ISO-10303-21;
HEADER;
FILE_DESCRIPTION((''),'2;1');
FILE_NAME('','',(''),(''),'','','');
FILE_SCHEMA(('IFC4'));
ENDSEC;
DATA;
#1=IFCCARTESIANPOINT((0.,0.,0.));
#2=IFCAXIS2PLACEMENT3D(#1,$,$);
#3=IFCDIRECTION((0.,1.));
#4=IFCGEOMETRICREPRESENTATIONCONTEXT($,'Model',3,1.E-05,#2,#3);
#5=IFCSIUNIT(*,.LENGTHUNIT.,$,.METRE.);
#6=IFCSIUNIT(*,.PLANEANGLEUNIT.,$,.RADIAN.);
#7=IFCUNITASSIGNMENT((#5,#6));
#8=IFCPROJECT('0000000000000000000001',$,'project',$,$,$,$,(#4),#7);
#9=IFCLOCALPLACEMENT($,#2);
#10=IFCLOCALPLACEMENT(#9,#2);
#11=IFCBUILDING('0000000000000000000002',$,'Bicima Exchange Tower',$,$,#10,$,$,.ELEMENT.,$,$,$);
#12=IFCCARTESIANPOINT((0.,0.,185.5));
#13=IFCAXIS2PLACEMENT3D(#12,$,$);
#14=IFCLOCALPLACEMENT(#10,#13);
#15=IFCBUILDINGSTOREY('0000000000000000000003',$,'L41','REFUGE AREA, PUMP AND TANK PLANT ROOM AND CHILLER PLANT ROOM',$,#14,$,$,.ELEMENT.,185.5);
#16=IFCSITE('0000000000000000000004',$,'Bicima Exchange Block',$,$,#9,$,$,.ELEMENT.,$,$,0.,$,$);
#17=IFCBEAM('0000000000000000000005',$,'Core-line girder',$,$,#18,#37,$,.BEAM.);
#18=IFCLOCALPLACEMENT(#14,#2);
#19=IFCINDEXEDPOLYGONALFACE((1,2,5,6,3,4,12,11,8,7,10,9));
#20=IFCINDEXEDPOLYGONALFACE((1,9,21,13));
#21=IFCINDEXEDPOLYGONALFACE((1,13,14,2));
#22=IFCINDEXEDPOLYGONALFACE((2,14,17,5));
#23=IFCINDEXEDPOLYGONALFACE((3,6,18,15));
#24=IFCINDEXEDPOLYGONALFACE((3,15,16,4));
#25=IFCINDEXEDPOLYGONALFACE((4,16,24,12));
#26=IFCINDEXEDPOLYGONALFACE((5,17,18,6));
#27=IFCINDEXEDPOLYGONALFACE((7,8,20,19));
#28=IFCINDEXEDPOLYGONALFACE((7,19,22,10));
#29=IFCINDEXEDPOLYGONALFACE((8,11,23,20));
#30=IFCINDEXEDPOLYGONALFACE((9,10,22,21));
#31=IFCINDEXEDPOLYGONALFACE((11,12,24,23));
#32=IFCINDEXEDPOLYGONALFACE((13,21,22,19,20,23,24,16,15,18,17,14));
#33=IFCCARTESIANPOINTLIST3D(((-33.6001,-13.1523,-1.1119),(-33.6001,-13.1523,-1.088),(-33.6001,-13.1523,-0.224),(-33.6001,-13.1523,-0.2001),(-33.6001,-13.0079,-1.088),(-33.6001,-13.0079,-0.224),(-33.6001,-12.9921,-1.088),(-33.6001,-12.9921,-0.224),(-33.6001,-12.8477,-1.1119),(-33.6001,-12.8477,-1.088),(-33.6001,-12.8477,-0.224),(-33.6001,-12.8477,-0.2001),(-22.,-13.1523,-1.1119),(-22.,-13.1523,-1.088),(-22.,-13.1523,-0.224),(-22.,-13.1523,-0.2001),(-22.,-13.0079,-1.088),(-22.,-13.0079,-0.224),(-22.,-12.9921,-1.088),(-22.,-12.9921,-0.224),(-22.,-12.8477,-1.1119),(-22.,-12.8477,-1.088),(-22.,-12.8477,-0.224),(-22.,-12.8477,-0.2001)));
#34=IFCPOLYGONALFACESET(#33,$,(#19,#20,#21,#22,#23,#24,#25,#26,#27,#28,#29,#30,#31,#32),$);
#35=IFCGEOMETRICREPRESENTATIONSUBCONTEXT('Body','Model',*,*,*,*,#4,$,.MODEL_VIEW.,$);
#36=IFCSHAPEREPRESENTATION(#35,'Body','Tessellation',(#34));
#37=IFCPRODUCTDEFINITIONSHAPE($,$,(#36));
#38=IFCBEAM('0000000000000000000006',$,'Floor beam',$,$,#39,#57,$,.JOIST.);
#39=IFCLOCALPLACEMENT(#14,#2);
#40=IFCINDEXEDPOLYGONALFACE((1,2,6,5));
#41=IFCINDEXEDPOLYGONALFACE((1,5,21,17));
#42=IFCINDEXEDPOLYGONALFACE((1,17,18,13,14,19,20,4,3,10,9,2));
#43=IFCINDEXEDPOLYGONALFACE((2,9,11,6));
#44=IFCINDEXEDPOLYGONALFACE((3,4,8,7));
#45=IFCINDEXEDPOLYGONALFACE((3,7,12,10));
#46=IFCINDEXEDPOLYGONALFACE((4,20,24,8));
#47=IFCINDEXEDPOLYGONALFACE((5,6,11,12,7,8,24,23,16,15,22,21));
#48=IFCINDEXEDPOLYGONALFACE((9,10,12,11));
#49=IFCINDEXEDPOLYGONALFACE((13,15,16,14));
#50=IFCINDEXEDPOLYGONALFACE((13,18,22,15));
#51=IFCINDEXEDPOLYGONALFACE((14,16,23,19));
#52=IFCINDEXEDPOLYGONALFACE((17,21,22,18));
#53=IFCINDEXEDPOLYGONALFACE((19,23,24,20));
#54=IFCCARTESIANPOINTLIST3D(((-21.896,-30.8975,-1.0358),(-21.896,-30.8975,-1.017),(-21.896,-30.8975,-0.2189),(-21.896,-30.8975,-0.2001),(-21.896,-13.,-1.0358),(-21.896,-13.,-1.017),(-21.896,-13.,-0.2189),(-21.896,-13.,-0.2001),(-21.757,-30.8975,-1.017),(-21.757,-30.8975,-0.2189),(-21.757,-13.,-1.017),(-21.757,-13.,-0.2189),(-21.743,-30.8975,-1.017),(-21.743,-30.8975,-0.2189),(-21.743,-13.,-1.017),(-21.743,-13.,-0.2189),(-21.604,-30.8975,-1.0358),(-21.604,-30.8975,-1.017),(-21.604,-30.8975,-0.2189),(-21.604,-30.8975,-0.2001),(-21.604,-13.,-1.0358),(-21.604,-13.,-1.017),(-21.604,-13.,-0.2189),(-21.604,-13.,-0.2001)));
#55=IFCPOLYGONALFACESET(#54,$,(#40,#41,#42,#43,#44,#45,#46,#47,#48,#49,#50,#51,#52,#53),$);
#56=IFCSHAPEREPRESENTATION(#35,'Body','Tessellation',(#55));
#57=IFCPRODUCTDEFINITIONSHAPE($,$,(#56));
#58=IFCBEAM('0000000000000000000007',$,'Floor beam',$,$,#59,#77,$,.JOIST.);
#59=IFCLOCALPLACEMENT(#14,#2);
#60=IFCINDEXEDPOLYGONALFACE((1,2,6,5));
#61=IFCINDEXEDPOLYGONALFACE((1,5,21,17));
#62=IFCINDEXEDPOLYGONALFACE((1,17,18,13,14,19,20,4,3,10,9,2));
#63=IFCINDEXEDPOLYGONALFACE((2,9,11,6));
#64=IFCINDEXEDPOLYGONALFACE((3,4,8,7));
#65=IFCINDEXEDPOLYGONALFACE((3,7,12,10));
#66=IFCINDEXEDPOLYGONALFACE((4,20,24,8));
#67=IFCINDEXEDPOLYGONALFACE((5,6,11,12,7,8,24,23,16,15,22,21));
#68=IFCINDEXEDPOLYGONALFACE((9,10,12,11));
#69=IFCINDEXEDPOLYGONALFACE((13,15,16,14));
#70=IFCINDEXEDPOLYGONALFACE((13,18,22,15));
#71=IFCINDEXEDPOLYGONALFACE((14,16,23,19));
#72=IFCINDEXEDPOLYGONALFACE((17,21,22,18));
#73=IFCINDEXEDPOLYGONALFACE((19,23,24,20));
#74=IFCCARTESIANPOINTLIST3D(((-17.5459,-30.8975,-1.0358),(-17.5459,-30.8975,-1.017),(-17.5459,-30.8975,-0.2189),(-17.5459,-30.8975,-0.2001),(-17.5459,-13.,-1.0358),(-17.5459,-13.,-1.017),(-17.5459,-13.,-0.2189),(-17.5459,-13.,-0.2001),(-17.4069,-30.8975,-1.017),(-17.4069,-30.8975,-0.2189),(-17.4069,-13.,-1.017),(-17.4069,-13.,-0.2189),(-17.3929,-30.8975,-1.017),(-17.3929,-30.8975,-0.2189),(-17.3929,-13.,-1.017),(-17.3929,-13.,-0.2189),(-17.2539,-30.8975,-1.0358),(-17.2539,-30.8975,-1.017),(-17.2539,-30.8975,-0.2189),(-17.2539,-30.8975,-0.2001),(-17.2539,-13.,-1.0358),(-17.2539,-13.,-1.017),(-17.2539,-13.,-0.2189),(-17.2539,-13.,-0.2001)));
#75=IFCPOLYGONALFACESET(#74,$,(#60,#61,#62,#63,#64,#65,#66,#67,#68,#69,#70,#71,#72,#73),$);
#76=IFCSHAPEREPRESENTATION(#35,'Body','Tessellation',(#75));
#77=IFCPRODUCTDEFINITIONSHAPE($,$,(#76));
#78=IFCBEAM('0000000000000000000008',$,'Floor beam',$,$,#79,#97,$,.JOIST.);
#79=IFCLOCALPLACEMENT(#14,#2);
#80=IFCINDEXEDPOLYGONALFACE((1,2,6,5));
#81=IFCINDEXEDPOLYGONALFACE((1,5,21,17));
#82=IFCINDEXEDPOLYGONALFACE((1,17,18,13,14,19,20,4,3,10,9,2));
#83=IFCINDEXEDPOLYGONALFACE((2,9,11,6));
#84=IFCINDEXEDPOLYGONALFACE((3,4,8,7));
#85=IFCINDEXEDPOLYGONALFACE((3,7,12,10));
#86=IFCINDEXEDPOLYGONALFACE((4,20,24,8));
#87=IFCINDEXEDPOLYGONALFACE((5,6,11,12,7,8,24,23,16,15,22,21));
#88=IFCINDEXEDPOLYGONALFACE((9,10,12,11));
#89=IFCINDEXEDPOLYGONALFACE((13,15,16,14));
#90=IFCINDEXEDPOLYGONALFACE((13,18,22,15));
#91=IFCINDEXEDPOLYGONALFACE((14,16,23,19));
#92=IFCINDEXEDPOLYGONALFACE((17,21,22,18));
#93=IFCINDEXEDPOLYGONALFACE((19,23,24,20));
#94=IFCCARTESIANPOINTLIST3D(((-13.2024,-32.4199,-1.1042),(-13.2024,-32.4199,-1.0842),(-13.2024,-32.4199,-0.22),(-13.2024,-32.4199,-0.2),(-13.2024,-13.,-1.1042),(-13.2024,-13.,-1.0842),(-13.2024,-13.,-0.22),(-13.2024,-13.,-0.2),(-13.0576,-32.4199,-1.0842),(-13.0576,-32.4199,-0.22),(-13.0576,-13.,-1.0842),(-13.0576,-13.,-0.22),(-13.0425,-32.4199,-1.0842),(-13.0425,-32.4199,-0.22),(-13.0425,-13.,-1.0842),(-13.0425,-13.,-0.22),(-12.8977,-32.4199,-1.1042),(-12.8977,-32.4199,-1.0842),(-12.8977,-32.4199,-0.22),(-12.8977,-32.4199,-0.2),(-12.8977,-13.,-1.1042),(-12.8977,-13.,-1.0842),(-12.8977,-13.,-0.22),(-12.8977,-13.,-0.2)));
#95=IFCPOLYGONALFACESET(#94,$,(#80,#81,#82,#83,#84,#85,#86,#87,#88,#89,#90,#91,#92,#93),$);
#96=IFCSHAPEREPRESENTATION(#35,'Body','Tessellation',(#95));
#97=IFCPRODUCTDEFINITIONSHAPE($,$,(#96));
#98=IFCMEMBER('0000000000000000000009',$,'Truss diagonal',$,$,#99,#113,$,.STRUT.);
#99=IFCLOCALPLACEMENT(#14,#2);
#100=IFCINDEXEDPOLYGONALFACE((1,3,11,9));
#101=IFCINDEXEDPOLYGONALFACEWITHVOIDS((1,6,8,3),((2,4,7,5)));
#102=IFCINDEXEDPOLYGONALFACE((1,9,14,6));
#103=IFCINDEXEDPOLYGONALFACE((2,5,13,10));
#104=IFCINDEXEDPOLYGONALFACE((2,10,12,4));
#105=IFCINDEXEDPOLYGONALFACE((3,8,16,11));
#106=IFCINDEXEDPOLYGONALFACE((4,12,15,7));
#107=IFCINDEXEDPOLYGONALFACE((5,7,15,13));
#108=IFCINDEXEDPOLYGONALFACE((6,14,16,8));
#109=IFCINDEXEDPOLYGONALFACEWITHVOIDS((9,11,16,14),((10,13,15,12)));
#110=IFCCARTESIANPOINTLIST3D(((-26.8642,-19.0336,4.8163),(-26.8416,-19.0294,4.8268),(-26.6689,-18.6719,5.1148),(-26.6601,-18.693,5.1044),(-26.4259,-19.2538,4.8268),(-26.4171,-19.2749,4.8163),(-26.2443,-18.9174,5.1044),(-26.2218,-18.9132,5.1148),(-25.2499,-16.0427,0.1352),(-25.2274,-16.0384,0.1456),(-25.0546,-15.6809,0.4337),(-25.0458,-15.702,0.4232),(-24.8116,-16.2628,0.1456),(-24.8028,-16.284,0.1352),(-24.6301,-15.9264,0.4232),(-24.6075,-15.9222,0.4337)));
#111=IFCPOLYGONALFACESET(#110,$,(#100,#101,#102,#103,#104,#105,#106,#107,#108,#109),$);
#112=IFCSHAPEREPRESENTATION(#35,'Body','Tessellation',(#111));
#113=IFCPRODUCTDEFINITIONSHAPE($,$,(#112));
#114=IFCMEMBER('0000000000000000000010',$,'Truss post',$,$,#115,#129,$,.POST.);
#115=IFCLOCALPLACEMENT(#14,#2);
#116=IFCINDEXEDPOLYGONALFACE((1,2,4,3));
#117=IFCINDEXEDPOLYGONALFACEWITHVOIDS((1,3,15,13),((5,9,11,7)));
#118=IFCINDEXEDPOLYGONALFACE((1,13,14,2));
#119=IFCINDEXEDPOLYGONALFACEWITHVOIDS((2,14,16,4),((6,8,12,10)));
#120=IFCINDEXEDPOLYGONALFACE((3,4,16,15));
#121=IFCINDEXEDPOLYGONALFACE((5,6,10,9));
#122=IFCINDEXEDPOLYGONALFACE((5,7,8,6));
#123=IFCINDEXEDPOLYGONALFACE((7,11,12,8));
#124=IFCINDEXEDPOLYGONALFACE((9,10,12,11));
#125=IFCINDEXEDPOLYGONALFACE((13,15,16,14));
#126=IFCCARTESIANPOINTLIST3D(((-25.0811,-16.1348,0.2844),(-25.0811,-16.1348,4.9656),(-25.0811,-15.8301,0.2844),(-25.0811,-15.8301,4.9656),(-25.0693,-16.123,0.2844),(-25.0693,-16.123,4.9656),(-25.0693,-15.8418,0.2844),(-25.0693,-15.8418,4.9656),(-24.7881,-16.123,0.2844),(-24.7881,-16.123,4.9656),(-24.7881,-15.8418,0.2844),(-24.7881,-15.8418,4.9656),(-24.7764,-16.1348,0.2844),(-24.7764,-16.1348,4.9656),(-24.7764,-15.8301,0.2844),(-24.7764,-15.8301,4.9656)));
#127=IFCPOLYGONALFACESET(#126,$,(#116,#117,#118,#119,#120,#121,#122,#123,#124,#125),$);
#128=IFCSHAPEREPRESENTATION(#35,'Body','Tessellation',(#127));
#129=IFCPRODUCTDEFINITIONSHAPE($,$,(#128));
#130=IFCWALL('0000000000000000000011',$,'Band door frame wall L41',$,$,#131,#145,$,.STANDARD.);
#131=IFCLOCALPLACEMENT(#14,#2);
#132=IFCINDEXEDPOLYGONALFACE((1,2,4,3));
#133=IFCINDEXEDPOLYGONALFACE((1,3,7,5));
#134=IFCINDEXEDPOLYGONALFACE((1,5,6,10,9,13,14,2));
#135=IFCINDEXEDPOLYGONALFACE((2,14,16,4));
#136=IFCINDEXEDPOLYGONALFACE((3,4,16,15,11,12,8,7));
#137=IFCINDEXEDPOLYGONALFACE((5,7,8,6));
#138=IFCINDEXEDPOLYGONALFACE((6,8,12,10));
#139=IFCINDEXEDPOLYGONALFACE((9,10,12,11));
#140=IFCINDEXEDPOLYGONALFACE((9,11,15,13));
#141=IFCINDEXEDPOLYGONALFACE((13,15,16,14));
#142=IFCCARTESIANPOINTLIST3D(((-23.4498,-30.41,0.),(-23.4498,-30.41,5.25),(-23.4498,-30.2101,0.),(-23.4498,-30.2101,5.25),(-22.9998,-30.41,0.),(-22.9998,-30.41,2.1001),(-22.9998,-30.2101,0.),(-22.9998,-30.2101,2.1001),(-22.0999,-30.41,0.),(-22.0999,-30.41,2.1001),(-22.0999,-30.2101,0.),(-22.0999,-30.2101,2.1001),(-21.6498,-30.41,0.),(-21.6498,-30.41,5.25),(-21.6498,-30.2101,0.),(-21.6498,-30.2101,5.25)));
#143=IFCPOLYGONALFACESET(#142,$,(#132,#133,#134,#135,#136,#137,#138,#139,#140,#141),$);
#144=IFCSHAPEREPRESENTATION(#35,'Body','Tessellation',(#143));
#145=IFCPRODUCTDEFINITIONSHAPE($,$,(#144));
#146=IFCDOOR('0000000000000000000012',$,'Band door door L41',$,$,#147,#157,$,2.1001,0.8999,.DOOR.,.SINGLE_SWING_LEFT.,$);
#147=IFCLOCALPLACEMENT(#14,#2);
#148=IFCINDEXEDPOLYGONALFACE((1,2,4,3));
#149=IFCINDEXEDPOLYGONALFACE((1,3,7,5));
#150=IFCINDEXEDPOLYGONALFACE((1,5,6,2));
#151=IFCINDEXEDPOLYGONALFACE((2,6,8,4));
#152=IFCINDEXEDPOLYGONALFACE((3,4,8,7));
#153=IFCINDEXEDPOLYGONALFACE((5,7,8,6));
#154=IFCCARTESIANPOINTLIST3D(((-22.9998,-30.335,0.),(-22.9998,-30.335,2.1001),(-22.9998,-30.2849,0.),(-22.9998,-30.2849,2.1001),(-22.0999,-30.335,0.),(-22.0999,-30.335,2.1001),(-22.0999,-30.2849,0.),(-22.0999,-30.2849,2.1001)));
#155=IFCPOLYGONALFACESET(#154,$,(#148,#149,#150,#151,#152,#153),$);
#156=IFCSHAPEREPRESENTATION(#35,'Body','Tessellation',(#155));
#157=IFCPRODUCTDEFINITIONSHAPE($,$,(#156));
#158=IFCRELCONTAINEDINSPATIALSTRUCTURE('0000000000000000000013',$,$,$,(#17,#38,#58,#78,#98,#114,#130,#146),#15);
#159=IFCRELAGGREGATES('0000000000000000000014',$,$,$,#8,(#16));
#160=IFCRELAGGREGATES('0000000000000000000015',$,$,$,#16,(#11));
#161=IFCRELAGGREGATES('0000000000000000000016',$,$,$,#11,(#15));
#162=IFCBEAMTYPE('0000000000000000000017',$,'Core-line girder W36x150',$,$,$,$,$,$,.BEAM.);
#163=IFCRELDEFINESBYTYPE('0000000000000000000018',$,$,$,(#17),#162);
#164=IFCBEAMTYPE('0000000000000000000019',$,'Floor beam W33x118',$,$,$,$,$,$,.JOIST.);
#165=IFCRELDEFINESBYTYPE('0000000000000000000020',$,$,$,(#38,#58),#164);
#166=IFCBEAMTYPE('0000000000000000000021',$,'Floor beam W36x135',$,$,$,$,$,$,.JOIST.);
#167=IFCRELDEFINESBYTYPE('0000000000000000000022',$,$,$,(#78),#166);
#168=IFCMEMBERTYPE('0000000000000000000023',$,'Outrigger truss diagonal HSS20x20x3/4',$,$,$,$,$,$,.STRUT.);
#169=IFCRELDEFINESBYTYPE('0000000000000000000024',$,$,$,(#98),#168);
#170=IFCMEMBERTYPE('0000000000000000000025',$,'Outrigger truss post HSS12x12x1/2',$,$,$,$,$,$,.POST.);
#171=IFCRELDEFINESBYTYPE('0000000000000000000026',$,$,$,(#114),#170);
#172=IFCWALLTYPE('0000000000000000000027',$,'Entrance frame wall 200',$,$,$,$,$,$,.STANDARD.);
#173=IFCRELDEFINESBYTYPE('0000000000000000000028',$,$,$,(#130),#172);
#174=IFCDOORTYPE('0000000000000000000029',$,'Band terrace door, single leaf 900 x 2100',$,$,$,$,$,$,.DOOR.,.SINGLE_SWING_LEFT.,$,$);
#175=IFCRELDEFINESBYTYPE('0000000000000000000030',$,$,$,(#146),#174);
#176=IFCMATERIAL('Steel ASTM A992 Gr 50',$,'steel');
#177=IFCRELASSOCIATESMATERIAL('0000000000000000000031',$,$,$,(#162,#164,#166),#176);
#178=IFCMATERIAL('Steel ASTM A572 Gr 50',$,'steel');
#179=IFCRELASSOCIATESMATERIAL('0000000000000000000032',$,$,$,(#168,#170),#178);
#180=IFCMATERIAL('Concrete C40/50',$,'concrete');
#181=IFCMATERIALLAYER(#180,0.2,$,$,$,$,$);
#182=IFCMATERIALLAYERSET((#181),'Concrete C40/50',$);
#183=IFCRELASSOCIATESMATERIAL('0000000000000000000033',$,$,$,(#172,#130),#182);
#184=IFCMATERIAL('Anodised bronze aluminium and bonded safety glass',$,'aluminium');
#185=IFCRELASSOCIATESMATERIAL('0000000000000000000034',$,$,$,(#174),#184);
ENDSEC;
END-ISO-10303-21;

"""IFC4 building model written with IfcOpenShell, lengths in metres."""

from ifc_helpers import new_model, si_unit, direction, frame, frame_2d, origin, origin_2d, place, context, subcontext, project, spatial, rectangle, hollow_rectangle, i_section, extrude, material, layer, layer_set, layer_usage, material_profile, profile_set, type_object, element, fill, save


model = new_model("IFC4")

# Units and contexts
model_context = context("Model", 3, precision=1e-05, world=origin(), true_north=direction((0.0, 1.0)))
body_context = subcontext(model_context, "Body", "Model", "MODEL_VIEW")
ifc_project = project(units=[si_unit("LENGTHUNIT", "METRE"), si_unit("PLANEANGLEUNIT", "RADIAN")], contexts=[model_context])

# Site, building, storey
site_placement = place(None, origin())
site = spatial("IfcSite", under=ifc_project, at=site_placement, Name="Bicima Exchange Block", CompositionType="ELEMENT", RefElevation=0.0)
building_placement = place(site_placement, origin())
building = spatial("IfcBuilding", under=site, at=building_placement, Name="Bicima Exchange Tower", CompositionType="ELEMENT")
storey_placement = place(building_placement, frame((0.0, 0.0, 185.5)))
storey = spatial("IfcBuildingStorey", under=building, at=storey_placement, Name="L41", Description="REFUGE AREA, PUMP AND TANK PLANT ROOM AND CHILLER PLANT ROOM", CompositionType="ELEMENT", Elevation=185.5)

# Beams
ifc_material_1 = material(Name="Steel ASTM A992 Gr 50", Category="steel")
ifc_material_profile_1 = material_profile(ifc_material_1, i_section(OverallWidth=0.3047, OverallDepth=0.9119, WebThickness=0.0159, FlangeThickness=0.0239, at=origin_2d()))
ifc_profile_set_1 = profile_set([ifc_material_profile_1], Name="Steel ASTM A992 Gr 50")
beam_type_1 = type_object("IfcBeamType", Name="Core-line girder W36x150", PredefinedType="BEAM", material=ifc_profile_set_1)
beam_1_placement = place(storey_placement, frame((-22.0, -13.0, -0.656), z_axis=(-1.0, 0.0, 0.0), x_axis=(0.0, -1.0, 0.0)))
element("IfcBeam", 1, at=beam_1_placement, inside=storey, type_object=beam_type_1, Name="Core-line girder", PredefinedType="BEAM", context=body_context, shape_type="SweptSolid", body=[
    extrude(i_section(OverallWidth=0.3047, OverallDepth=0.9119, WebThickness=0.0159, FlangeThickness=0.0239, at=origin_2d()), origin(), (0.0, 0.0, 1.0), 11.6001),
])
ifc_material_profile_2 = material_profile(ifc_material_1, i_section(OverallWidth=0.292, OverallDepth=0.8357, WebThickness=0.0139, FlangeThickness=0.0188, at=origin_2d()))
ifc_profile_set_2 = profile_set([ifc_material_profile_2], Name="Steel ASTM A992 Gr 50")
beam_type_2 = type_object("IfcBeamType", Name="Floor beam W33x118", PredefinedType="JOIST", material=ifc_profile_set_2)
for number, where, z_axis, x_axis, name in (
    (2, (-21.75, -13.0, -0.6179), (0.0, -1.0, 0.0), (1.0, 0.0, 0.0), "Floor beam"),
    (3, (-17.3999, -13.0, -0.6179), (0.0, -1.0, 0.0), (1.0, 0.0, 0.0), "Floor beam"),
):
    element("IfcBeam", number, at=place(storey_placement, frame(where, z_axis=z_axis, x_axis=x_axis)), inside=storey, type_object=beam_type_2, Name=name, PredefinedType="JOIST", context=body_context, shape_type="SweptSolid", body=[
        extrude(i_section(OverallWidth=0.292, OverallDepth=0.8357, WebThickness=0.0139, FlangeThickness=0.0188, at=origin_2d()), origin(), (0.0, 0.0, 1.0), 17.8975),
    ])
ifc_material_profile_3 = material_profile(ifc_material_1, i_section(OverallWidth=0.3047, OverallDepth=0.9043, WebThickness=0.0151, FlangeThickness=0.02, at=origin_2d()))
ifc_profile_set_3 = profile_set([ifc_material_profile_3], Name="Steel ASTM A992 Gr 50")
beam_type_3 = type_object("IfcBeamType", Name="Floor beam W36x135", PredefinedType="JOIST", material=ifc_profile_set_3)
beam_2_placement = place(storey_placement, frame((-13.05, -13.0, -0.6521), z_axis=(0.0, -1.0, 0.0), x_axis=(1.0, 0.0, 0.0)))
element("IfcBeam", 4, at=beam_2_placement, inside=storey, type_object=beam_type_3, Name="Floor beam", PredefinedType="JOIST", context=body_context, shape_type="SweptSolid", body=[
    extrude(i_section(OverallWidth=0.3047, OverallDepth=0.9043, WebThickness=0.0151, FlangeThickness=0.02, at=origin_2d()), origin(), (0.0, 0.0, 1.0), 19.4199),
])

# Members
ifc_material_2 = material(Name="Steel ASTM A572 Gr 50", Category="steel")
ifc_material_profile_4 = material_profile(ifc_material_2, hollow_rectangle(XDim=0.5081, YDim=0.5081, WallThickness=0.0178, at=origin_2d()))
ifc_profile_set_4 = profile_set([ifc_material_profile_4], Name="Steel ASTM A572 Gr 50")
member_type_1 = type_object("IfcMemberType", Name="Outrigger truss diagonal HSS20x20x3/4", PredefinedType="STRUT", material=ifc_profile_set_4)
member_1_placement = place(storey_placement, frame((-24.9287, -15.9824, 0.2844), z_axis=(-0.279048, -0.517031, 0.809204), x_axis=(0.880012, -0.474952, 0.0)))
element("IfcMember", 5, at=member_1_placement, inside=storey, type_object=member_type_1, Name="Truss diagonal", PredefinedType="STRUT", context=body_context, shape_type="SweptSolid", body=[
    extrude(hollow_rectangle(XDim=0.5081, YDim=0.5081, WallThickness=0.0178, at=origin_2d()), origin(), (0.0, 0.0, 1.0), 5.7849),
])
ifc_material_profile_5 = material_profile(ifc_material_2, hollow_rectangle(XDim=0.3047, YDim=0.3047, WallThickness=0.0117, at=origin_2d()))
ifc_profile_set_5 = profile_set([ifc_material_profile_5], Name="Steel ASTM A572 Gr 50")
member_type_2 = type_object("IfcMemberType", Name="Outrigger truss post HSS12x12x1/2", PredefinedType="POST", material=ifc_profile_set_5)
member_2_placement = place(storey_placement, frame((-24.9287, -15.9824, 0.2844), z_axis=(0.0, 0.0, 1.0), x_axis=(1.0, 0.0, 0.0)))
element("IfcMember", 6, at=member_2_placement, inside=storey, type_object=member_type_2, Name="Truss post", PredefinedType="POST", context=body_context, shape_type="SweptSolid", body=[
    extrude(hollow_rectangle(XDim=0.3047, YDim=0.3047, WallThickness=0.0117, at=origin_2d()), origin(), (0.0, 0.0, 1.0), 4.6812),
])

# Wall, opening, door
ifc_material_3 = material(Name="Concrete C40/50", Category="concrete")
ifc_layer_1 = layer(ifc_material_3, 0.2)
ifc_layer_set_1 = layer_set([ifc_layer_1], Name="Concrete C40/50")
ifc_layer_usage_1 = layer_usage(ifc_layer_set_1, "AXIS2", "POSITIVE", -0.1)
wall_type_1 = type_object("IfcWallType", Name="Entrance frame wall 200", PredefinedType="STANDARD", material=ifc_layer_set_1)
wall_1_placement = place(storey_placement, frame((-21.6499, -30.3101, 0.0), z_axis=(0.0, 0.0, 1.0), x_axis=(-1.0, 0.0, 0.0)))
wall_1 = element("IfcWall", 7, at=wall_1_placement, inside=storey, type_object=wall_type_1, material=ifc_layer_usage_1, Name="Band door frame wall L41", PredefinedType="STANDARD", context=body_context, shape_type="SweptSolid", body=[
    extrude(rectangle(XDim=1.8, YDim=0.2, at=frame_2d((0.8999, 0.0))), origin(), (0.0, 0.0, 1.0), 5.25),
])
opening_1_placement = place(wall_1_placement, frame((0.45, 0.0, 0.0)))
opening_1 = element("IfcOpeningElement", 8, at=opening_1_placement, cuts=wall_1, PredefinedType="OPENING", context=body_context, shape_type="SweptSolid", body=[
    extrude(rectangle(XDim=0.8999, YDim=2.1001, at=frame_2d((0.45, 1.05))), frame((0.0, 0.1118, 0.0), z_axis=(0.0, -1.0, 0.0), x_axis=(1.0, 0.0, 0.0)), (0.0, 0.0, 1.0), 0.2239),
])
ifc_material_4 = material(Name="Anodised bronze aluminium and bonded safety glass", Category="aluminium")
door_type_1 = type_object("IfcDoorType", Name="Band terrace door, single leaf 900 x 2100", OperationType="SINGLE_SWING_LEFT", PredefinedType="DOOR", material=ifc_material_4)
door_1_placement = place(opening_1_placement, origin())
door_1 = element("IfcDoor", 9, at=door_1_placement, inside=storey, type_object=door_type_1, Name="Band door door L41", OperationType="SINGLE_SWING_LEFT", OverallHeight=2.1001, OverallWidth=0.8999, PredefinedType="DOOR", context=body_context, shape_type="SweptSolid", body=[
    extrude(rectangle(XDim=0.8999, YDim=2.1001, at=frame_2d((0.45, 1.05))), frame((0.0, 0.0249, 0.0), z_axis=(0.0, -1.0, 0.0), x_axis=(1.0, 0.0, 0.0)), (0.0, 0.0, 1.0), 0.05),
])
fill(opening_1, door_1)

save(model, "model.ifc")
